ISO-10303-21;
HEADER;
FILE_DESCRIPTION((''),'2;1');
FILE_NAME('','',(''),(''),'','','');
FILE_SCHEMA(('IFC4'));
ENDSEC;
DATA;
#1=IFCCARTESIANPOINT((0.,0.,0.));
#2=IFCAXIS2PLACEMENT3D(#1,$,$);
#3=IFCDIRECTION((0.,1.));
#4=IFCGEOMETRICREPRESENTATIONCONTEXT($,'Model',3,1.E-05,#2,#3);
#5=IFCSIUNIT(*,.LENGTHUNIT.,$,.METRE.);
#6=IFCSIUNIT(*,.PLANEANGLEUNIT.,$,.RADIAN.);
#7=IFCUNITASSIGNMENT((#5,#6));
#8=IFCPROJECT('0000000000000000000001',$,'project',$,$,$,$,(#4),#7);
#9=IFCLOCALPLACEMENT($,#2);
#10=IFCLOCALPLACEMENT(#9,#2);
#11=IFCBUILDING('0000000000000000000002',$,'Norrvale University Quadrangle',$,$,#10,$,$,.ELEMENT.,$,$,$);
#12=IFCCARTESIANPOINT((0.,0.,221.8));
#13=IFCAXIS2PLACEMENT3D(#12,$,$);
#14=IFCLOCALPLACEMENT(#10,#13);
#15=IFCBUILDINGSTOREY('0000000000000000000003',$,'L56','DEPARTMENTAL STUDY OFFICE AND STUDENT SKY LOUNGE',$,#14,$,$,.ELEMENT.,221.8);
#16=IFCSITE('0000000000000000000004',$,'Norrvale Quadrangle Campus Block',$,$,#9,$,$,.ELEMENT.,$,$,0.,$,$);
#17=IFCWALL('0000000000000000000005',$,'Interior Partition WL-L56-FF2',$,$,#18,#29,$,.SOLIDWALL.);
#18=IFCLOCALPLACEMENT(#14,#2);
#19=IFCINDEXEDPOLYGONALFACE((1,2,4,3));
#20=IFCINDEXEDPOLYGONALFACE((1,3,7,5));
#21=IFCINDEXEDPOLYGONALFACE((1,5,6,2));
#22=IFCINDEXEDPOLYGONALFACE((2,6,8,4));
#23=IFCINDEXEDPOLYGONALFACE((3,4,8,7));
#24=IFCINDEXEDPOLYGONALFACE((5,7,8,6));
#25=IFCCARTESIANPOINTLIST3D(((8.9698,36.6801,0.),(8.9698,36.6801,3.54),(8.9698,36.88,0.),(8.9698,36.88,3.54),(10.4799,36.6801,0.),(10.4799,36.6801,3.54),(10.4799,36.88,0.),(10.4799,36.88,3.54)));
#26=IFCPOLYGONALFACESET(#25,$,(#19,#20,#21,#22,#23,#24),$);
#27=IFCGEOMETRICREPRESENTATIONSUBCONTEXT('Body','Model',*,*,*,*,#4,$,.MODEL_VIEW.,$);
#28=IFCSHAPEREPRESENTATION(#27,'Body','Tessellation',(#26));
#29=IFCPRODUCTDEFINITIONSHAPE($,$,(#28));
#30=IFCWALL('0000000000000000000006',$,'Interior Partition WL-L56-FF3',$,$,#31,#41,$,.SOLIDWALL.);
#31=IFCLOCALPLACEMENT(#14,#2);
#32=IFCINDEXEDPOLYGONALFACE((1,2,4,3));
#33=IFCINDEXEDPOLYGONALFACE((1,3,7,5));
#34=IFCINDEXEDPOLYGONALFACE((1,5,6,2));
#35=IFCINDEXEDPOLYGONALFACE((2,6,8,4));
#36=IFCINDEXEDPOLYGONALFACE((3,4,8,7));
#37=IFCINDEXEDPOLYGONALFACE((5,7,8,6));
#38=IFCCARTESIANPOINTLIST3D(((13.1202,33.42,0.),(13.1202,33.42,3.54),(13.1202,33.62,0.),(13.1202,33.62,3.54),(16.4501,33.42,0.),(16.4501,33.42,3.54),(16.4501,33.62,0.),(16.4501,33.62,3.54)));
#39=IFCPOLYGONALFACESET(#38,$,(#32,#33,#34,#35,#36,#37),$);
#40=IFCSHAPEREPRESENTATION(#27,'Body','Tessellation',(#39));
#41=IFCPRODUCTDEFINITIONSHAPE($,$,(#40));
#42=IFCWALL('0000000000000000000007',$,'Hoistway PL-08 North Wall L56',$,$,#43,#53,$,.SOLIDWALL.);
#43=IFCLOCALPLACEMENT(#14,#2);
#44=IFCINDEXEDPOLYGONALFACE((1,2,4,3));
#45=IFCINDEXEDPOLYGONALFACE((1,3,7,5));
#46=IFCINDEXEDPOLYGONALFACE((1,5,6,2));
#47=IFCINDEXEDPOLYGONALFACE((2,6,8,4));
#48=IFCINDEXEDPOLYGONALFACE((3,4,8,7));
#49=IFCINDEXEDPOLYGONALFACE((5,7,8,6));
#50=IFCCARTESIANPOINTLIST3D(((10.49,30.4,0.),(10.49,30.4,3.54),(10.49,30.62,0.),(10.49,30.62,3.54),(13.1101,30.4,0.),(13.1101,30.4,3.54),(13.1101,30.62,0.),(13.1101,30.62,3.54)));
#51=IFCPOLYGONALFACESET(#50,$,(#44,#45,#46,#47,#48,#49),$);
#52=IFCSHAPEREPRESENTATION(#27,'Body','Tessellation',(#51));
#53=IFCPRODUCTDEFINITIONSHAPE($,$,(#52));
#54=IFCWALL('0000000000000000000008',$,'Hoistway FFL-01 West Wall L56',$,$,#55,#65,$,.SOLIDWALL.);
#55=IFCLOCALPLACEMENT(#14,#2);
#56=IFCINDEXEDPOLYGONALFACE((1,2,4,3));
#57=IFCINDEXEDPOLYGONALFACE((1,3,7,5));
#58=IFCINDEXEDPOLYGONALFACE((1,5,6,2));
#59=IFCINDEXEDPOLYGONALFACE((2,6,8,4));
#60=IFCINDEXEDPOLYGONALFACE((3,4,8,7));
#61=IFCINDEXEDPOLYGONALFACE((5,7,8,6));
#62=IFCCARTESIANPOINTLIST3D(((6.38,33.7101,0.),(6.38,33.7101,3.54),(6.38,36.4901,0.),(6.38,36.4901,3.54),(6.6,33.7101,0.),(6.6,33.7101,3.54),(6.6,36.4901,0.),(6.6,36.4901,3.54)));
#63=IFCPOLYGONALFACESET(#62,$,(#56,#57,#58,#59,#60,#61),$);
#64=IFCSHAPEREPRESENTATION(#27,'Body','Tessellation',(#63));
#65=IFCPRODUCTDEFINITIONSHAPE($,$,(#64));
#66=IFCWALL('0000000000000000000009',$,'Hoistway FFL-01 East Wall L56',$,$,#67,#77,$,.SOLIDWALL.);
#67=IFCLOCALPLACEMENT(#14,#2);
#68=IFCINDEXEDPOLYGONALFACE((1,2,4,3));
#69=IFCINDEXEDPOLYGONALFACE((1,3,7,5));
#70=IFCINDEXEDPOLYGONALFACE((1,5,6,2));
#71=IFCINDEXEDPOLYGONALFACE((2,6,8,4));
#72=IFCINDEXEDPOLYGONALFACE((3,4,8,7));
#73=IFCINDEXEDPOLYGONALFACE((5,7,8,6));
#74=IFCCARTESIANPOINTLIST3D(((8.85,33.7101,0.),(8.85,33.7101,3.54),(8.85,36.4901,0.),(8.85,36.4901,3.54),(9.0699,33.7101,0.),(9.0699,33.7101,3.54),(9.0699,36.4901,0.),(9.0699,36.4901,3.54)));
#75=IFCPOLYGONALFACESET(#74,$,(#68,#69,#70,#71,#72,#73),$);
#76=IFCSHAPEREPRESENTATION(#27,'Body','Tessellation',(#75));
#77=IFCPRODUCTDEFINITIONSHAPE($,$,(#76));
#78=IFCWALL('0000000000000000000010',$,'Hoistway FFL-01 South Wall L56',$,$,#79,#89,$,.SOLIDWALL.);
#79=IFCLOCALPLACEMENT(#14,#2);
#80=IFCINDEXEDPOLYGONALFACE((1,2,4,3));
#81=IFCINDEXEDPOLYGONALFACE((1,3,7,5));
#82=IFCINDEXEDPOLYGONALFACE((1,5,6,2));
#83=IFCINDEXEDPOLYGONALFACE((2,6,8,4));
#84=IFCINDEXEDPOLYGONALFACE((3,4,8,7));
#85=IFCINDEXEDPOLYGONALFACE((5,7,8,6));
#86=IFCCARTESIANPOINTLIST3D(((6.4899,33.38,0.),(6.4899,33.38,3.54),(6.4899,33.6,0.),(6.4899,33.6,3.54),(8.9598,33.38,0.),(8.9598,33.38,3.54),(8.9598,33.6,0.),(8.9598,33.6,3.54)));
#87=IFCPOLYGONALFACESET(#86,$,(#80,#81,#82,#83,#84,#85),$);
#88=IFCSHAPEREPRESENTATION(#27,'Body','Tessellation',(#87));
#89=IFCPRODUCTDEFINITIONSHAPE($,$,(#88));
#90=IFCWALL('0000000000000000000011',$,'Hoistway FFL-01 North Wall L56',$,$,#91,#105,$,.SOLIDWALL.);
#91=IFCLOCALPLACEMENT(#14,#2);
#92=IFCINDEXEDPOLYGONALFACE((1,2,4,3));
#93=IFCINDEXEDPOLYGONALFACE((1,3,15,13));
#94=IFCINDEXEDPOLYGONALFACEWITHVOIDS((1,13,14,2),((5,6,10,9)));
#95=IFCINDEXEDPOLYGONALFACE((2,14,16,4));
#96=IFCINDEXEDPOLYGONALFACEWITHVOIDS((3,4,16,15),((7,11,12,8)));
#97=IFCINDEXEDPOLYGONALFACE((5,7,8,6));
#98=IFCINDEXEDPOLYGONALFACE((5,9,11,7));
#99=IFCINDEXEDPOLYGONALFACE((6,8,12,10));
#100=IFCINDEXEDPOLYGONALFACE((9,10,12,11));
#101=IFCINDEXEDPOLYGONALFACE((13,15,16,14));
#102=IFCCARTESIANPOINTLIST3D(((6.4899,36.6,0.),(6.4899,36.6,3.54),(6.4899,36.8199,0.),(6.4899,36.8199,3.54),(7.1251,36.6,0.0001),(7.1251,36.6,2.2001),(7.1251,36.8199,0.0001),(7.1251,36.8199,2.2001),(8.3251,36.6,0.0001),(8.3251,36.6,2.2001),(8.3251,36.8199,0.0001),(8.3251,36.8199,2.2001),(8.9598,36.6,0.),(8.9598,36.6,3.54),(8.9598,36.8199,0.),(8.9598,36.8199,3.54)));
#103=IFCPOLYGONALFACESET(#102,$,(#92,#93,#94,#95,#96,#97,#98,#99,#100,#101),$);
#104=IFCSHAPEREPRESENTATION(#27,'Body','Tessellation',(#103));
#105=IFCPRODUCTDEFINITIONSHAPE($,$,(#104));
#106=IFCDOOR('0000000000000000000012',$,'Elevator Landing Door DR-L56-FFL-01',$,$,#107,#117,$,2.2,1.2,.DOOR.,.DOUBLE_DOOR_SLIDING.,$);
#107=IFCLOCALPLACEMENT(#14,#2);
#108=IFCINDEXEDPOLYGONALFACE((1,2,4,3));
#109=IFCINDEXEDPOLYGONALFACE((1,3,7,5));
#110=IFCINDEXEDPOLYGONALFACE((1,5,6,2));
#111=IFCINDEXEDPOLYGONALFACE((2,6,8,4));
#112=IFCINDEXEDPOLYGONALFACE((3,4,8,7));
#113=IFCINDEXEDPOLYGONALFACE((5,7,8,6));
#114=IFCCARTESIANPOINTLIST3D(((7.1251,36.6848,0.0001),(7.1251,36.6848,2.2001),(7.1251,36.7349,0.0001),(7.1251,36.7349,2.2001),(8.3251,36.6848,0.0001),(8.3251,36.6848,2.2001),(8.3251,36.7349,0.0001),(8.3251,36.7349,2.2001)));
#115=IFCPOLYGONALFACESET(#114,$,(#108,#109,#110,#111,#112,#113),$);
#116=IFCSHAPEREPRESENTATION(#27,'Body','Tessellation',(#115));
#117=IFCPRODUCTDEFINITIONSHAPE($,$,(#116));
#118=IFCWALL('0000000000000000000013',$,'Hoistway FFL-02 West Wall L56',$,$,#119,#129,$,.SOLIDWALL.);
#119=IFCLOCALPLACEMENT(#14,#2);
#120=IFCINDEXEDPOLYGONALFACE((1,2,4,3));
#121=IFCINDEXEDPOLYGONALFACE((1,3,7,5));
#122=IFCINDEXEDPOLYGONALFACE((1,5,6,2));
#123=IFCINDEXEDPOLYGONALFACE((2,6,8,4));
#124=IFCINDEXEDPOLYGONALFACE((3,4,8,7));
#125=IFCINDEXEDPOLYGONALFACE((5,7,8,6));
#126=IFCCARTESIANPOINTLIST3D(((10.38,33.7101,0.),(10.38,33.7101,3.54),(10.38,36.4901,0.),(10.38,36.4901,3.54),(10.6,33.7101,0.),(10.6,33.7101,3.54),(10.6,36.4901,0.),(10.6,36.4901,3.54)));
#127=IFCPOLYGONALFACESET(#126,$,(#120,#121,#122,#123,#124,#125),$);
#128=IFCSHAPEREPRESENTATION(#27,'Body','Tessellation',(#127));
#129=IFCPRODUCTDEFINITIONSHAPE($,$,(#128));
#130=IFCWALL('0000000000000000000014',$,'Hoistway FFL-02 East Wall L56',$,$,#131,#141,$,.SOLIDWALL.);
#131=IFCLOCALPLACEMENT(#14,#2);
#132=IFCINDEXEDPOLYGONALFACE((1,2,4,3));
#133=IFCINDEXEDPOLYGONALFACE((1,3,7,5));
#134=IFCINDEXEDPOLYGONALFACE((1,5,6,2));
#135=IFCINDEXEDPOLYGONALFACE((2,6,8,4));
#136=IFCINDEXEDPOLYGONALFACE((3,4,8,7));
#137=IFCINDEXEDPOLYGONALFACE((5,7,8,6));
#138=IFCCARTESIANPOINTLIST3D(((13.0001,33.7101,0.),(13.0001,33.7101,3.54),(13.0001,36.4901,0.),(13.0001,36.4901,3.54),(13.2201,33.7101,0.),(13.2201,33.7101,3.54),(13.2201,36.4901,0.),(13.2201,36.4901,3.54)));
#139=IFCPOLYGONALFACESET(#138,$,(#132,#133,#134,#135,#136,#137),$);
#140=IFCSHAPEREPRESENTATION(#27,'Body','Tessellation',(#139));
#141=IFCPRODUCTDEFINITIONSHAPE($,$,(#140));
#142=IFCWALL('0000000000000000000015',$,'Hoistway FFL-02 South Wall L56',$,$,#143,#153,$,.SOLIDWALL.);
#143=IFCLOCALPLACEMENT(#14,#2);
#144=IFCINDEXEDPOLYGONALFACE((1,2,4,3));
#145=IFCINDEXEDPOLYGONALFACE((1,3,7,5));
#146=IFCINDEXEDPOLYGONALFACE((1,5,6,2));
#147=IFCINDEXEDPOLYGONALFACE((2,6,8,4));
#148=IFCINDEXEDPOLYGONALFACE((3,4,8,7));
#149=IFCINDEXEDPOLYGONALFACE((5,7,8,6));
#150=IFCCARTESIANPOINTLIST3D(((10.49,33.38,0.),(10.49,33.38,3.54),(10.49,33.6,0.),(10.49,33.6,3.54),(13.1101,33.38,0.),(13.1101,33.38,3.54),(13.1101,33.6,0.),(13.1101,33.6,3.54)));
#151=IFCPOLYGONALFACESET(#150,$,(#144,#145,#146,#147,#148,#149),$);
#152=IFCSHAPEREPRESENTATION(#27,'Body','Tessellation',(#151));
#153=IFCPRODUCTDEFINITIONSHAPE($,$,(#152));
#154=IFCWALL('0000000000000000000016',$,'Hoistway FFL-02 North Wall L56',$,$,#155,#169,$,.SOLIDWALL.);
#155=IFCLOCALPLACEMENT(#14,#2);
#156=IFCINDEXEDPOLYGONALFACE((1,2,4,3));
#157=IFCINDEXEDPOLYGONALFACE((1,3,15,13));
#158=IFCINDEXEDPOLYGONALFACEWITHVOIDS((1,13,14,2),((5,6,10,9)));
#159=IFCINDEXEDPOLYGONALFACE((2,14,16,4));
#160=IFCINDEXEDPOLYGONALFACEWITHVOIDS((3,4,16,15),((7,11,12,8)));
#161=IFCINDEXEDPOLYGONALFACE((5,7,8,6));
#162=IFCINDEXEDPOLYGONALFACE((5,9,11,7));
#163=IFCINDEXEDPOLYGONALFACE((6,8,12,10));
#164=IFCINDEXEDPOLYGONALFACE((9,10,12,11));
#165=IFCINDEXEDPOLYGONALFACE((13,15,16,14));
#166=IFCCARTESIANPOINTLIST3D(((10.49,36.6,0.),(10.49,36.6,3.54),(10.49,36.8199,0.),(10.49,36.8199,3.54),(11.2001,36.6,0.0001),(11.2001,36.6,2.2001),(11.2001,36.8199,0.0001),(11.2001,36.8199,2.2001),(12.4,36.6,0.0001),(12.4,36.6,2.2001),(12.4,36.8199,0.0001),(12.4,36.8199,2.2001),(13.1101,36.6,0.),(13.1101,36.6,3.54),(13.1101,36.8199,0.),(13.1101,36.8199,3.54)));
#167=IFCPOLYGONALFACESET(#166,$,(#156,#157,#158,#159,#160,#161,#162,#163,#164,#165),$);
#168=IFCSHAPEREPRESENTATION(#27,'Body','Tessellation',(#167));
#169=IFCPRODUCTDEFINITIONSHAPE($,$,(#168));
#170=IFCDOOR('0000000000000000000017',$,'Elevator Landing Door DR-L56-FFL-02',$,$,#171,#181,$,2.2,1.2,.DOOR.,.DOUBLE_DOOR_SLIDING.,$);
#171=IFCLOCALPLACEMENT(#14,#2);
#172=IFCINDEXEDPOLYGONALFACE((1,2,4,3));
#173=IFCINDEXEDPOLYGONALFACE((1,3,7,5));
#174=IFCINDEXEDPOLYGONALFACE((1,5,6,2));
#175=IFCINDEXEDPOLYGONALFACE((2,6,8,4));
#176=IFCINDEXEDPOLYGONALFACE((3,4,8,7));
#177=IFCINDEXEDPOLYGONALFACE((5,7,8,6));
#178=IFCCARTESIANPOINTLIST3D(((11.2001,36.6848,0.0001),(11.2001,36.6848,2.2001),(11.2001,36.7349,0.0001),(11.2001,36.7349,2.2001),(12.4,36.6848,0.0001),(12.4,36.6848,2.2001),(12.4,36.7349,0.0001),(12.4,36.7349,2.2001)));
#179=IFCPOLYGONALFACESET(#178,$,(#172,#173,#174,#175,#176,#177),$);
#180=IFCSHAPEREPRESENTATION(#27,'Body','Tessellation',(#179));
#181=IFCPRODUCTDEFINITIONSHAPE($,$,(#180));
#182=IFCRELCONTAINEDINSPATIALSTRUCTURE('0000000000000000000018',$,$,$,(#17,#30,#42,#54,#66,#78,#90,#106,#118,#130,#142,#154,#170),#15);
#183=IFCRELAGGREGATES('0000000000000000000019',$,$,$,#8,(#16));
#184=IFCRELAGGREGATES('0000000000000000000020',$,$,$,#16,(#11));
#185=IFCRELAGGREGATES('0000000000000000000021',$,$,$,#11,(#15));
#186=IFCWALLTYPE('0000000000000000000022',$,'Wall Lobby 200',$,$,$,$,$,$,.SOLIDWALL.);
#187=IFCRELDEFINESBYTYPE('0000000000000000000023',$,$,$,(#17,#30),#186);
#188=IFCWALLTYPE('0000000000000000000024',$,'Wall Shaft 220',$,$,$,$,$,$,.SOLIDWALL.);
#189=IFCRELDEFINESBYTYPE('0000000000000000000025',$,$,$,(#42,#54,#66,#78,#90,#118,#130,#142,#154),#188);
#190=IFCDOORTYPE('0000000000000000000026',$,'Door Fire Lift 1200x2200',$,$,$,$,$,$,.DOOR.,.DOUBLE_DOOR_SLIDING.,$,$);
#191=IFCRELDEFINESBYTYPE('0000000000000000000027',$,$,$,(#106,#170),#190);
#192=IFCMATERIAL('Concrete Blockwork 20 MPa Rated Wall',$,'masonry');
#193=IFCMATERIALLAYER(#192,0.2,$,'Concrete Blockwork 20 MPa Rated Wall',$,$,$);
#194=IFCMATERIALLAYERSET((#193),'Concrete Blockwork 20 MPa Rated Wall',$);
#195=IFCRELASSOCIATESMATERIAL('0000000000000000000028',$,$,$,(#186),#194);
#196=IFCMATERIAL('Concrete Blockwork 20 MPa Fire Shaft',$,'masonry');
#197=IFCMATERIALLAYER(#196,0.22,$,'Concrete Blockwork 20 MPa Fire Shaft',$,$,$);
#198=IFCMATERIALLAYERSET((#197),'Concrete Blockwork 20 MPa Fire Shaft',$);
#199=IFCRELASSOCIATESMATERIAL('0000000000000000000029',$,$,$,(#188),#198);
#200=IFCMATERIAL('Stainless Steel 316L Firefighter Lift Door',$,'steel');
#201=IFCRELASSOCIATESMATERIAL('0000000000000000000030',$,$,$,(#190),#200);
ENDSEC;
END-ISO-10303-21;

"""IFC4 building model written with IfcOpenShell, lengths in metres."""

from ifc_helpers import new_model, si_unit, direction, frame, frame_2d, origin, place, context, subcontext, project, spatial, rectangle, extrude, material, layer, layer_set, type_object, element, fill, save


model = new_model("IFC4")

# Units and contexts
model_context = context("Model", 3, precision=1e-05, world=origin(), true_north=direction((0.0, 1.0)))
body_context = subcontext(model_context, "Body", "Model", "MODEL_VIEW")
ifc_project = project(units=[si_unit("LENGTHUNIT", "METRE"), si_unit("PLANEANGLEUNIT", "RADIAN")], contexts=[model_context])

# Site, building, storey
site_placement = place(None, origin())
site = spatial("IfcSite", under=ifc_project, at=site_placement, Name="Norrvale Quadrangle Campus Block", CompositionType="ELEMENT", RefElevation=0.0)
building_placement = place(site_placement, origin())
building = spatial("IfcBuilding", under=site, at=building_placement, Name="Norrvale University Quadrangle", CompositionType="ELEMENT")
storey_placement = place(building_placement, frame((0.0, 0.0, 221.8)))
storey = spatial("IfcBuildingStorey", under=building, at=storey_placement, Name="L56", Description="DEPARTMENTAL STUDY OFFICE AND STUDENT SKY LOUNGE", CompositionType="ELEMENT", Elevation=221.8)

# Walls
ifc_material_1 = material(Name="Concrete Blockwork 20 MPa Rated Wall", Category="masonry")
ifc_layer_1 = layer(ifc_material_1, 0.2, Name="Concrete Blockwork 20 MPa Rated Wall")
ifc_layer_set_1 = layer_set([ifc_layer_1], Name="Concrete Blockwork 20 MPa Rated Wall")
wall_type_1 = type_object("IfcWallType", Name="Wall Lobby 200", PredefinedType="SOLIDWALL", material=ifc_layer_set_1)
wall_1_placement = place(storey_placement, frame((8.97, 36.78, 0.0), z_axis=(0.0, 0.0, 1.0), x_axis=(1.0, 0.0, 0.0)))
element("IfcWall", 1, at=wall_1_placement, inside=storey, type_object=wall_type_1, Name="Interior Partition WL-L56-FF2", PredefinedType="SOLIDWALL", context=body_context, shape_type="SweptSolid", body=[
    extrude(rectangle(XDim=1.51, YDim=0.2, at=frame_2d((0.7549, 0.0))), origin(), (0.0, 0.0, 1.0), 3.54),
])
wall_2_placement = place(storey_placement, frame((13.1201, 33.52, 0.0), z_axis=(0.0, 0.0, 1.0), x_axis=(1.0, 0.0, 0.0)))
element("IfcWall", 2, at=wall_2_placement, inside=storey, type_object=wall_type_1, Name="Interior Partition WL-L56-FF3", PredefinedType="SOLIDWALL", context=body_context, shape_type="SweptSolid", body=[
    extrude(rectangle(XDim=3.3298, YDim=0.2, at=frame_2d((1.665, 0.0))), origin(), (0.0, 0.0, 1.0), 3.54),
])
ifc_material_2 = material(Name="Concrete Blockwork 20 MPa Fire Shaft", Category="masonry")
ifc_layer_2 = layer(ifc_material_2, 0.22, Name="Concrete Blockwork 20 MPa Fire Shaft")
ifc_layer_set_2 = layer_set([ifc_layer_2], Name="Concrete Blockwork 20 MPa Fire Shaft")
wall_type_2 = type_object("IfcWallType", Name="Wall Shaft 220", PredefinedType="SOLIDWALL", material=ifc_layer_set_2)
wall_3_placement = place(storey_placement, frame((10.49, 30.51, 0.0), z_axis=(0.0, 0.0, 1.0), x_axis=(1.0, 0.0, 0.0)))
element("IfcWall", 3, at=wall_3_placement, inside=storey, type_object=wall_type_2, Name="Hoistway PL-08 North Wall L56", PredefinedType="SOLIDWALL", context=body_context, shape_type="SweptSolid", body=[
    extrude(rectangle(XDim=2.6201, YDim=0.22, at=frame_2d((1.3101, 0.0))), origin(), (0.0, 0.0, 1.0), 3.54),
])
for number, where, z_axis, x_axis, name in (
    (4, (6.49, 33.71, 0.0), (0.0, 0.0, 1.0), (0.0, 1.0, 0.0), "Hoistway FFL-01 West Wall L56"),
    (5, (8.96, 33.71, 0.0), (0.0, 0.0, 1.0), (0.0, 1.0, 0.0), "Hoistway FFL-01 East Wall L56"),
):
    element("IfcWall", number, at=place(storey_placement, frame(where, z_axis=z_axis, x_axis=x_axis)), inside=storey, type_object=wall_type_2, Name=name, PredefinedType="SOLIDWALL", context=body_context, shape_type="SweptSolid", body=[
        extrude(rectangle(XDim=2.78, YDim=0.22, at=frame_2d((1.3901, 0.0))), origin(), (0.0, 0.0, 1.0), 3.54),
    ])
wall_4_placement = place(storey_placement, frame((6.49, 33.49, 0.0), z_axis=(0.0, 0.0, 1.0), x_axis=(1.0, 0.0, 0.0)))
element("IfcWall", 6, at=wall_4_placement, inside=storey, type_object=wall_type_2, Name="Hoistway FFL-01 South Wall L56", PredefinedType="SOLIDWALL", context=body_context, shape_type="SweptSolid", body=[
    extrude(rectangle(XDim=2.47, YDim=0.22, at=frame_2d((1.2349, 0.0))), origin(), (0.0, 0.0, 1.0), 3.54),
])

# Wall, opening, door
wall_5_placement = place(storey_placement, frame((6.49, 36.71, 0.0), z_axis=(0.0, 0.0, 1.0), x_axis=(1.0, 0.0, 0.0)))
wall_5 = element("IfcWall", 7, at=wall_5_placement, inside=storey, type_object=wall_type_2, Name="Hoistway FFL-01 North Wall L56", PredefinedType="SOLIDWALL", context=body_context, shape_type="SweptSolid", body=[
    extrude(rectangle(XDim=2.47, YDim=0.22, at=frame_2d((1.2349, 0.0))), origin(), (0.0, 0.0, 1.0), 3.54),
])
opening_1_placement = place(wall_5_placement, frame((0.635, 0.0, 0.0)))
opening_1 = element("IfcOpeningElement", 8, at=opening_1_placement, cuts=wall_5, PredefinedType="OPENING", context=body_context, shape_type="SweptSolid", body=[
    extrude(rectangle(XDim=1.2, YDim=2.2, at=frame_2d((0.6001, 1.1001))), frame((0.0, 0.1221, 0.0), z_axis=(0.0, -1.0, 0.0), x_axis=(1.0, 0.0, 0.0)), (0.0, 0.0, 1.0), 0.2439),
])
ifc_material_3 = material(Name="Stainless Steel 316L Firefighter Lift Door", Category="steel")
door_type_1 = type_object("IfcDoorType", Name="Door Fire Lift 1200x2200", OperationType="DOUBLE_DOOR_SLIDING", PredefinedType="DOOR", material=ifc_material_3)
door_1_placement = place(opening_1_placement, origin())
door_1 = element("IfcDoor", 9, at=door_1_placement, inside=storey, type_object=door_type_1, Name="Elevator Landing Door DR-L56-FFL-01", OperationType="DOUBLE_DOOR_SLIDING", OverallHeight=2.2, OverallWidth=1.2, PredefinedType="DOOR", context=body_context, shape_type="SweptSolid", body=[
    extrude(rectangle(XDim=1.2, YDim=2.2, at=frame_2d((0.6001, 1.1001))), frame((0.0, 0.0249, 0.0), z_axis=(0.0, -1.0, 0.0), x_axis=(1.0, 0.0, 0.0)), (0.0, 0.0, 1.0), 0.05),
])
fill(opening_1, door_1)

# Walls
for number, where, z_axis, x_axis, name in (
    (10, (10.49, 33.71, 0.0), (0.0, 0.0, 1.0), (0.0, 1.0, 0.0), "Hoistway FFL-02 West Wall L56"),
    (11, (13.1101, 33.71, 0.0), (0.0, 0.0, 1.0), (0.0, 1.0, 0.0), "Hoistway FFL-02 East Wall L56"),
):
    element("IfcWall", number, at=place(storey_placement, frame(where, z_axis=z_axis, x_axis=x_axis)), inside=storey, type_object=wall_type_2, Name=name, PredefinedType="SOLIDWALL", context=body_context, shape_type="SweptSolid", body=[
        extrude(rectangle(XDim=2.78, YDim=0.22, at=frame_2d((1.3901, 0.0))), origin(), (0.0, 0.0, 1.0), 3.54),
    ])
wall_6_placement = place(storey_placement, frame((10.49, 33.49, 0.0), z_axis=(0.0, 0.0, 1.0), x_axis=(1.0, 0.0, 0.0)))
element("IfcWall", 12, at=wall_6_placement, inside=storey, type_object=wall_type_2, Name="Hoistway FFL-02 South Wall L56", PredefinedType="SOLIDWALL", context=body_context, shape_type="SweptSolid", body=[
    extrude(rectangle(XDim=2.6201, YDim=0.22, at=frame_2d((1.3101, 0.0))), origin(), (0.0, 0.0, 1.0), 3.54),
])

# Wall, opening, door
wall_7_placement = place(storey_placement, frame((10.49, 36.71, 0.0), z_axis=(0.0, 0.0, 1.0), x_axis=(1.0, 0.0, 0.0)))
wall_7 = element("IfcWall", 13, at=wall_7_placement, inside=storey, type_object=wall_type_2, Name="Hoistway FFL-02 North Wall L56", PredefinedType="SOLIDWALL", context=body_context, shape_type="SweptSolid", body=[
    extrude(rectangle(XDim=2.6201, YDim=0.22, at=frame_2d((1.3101, 0.0))), origin(), (0.0, 0.0, 1.0), 3.54),
])
opening_2_placement = place(wall_7_placement, frame((0.71, 0.0, 0.0)))
opening_2 = element("IfcOpeningElement", 14, at=opening_2_placement, cuts=wall_7, PredefinedType="OPENING", context=body_context, shape_type="SweptSolid", body=[
    extrude(rectangle(XDim=1.2, YDim=2.2, at=frame_2d((0.6001, 1.1001))), frame((0.0, 0.1221, 0.0), z_axis=(0.0, -1.0, 0.0), x_axis=(1.0, 0.0, 0.0)), (0.0, 0.0, 1.0), 0.2439),
])
door_2_placement = place(opening_2_placement, origin())
door_2 = element("IfcDoor", 15, at=door_2_placement, inside=storey, type_object=door_type_1, Name="Elevator Landing Door DR-L56-FFL-02", OperationType="DOUBLE_DOOR_SLIDING", OverallHeight=2.2, OverallWidth=1.2, PredefinedType="DOOR", context=body_context, shape_type="SweptSolid", body=[
    extrude(rectangle(XDim=1.2, YDim=2.2, at=frame_2d((0.6001, 1.1001))), frame((0.0, 0.0249, 0.0), z_axis=(0.0, -1.0, 0.0), x_axis=(1.0, 0.0, 0.0)), (0.0, 0.0, 1.0), 0.05),
])
fill(opening_2, door_2)

save(model, "model.ifc")
